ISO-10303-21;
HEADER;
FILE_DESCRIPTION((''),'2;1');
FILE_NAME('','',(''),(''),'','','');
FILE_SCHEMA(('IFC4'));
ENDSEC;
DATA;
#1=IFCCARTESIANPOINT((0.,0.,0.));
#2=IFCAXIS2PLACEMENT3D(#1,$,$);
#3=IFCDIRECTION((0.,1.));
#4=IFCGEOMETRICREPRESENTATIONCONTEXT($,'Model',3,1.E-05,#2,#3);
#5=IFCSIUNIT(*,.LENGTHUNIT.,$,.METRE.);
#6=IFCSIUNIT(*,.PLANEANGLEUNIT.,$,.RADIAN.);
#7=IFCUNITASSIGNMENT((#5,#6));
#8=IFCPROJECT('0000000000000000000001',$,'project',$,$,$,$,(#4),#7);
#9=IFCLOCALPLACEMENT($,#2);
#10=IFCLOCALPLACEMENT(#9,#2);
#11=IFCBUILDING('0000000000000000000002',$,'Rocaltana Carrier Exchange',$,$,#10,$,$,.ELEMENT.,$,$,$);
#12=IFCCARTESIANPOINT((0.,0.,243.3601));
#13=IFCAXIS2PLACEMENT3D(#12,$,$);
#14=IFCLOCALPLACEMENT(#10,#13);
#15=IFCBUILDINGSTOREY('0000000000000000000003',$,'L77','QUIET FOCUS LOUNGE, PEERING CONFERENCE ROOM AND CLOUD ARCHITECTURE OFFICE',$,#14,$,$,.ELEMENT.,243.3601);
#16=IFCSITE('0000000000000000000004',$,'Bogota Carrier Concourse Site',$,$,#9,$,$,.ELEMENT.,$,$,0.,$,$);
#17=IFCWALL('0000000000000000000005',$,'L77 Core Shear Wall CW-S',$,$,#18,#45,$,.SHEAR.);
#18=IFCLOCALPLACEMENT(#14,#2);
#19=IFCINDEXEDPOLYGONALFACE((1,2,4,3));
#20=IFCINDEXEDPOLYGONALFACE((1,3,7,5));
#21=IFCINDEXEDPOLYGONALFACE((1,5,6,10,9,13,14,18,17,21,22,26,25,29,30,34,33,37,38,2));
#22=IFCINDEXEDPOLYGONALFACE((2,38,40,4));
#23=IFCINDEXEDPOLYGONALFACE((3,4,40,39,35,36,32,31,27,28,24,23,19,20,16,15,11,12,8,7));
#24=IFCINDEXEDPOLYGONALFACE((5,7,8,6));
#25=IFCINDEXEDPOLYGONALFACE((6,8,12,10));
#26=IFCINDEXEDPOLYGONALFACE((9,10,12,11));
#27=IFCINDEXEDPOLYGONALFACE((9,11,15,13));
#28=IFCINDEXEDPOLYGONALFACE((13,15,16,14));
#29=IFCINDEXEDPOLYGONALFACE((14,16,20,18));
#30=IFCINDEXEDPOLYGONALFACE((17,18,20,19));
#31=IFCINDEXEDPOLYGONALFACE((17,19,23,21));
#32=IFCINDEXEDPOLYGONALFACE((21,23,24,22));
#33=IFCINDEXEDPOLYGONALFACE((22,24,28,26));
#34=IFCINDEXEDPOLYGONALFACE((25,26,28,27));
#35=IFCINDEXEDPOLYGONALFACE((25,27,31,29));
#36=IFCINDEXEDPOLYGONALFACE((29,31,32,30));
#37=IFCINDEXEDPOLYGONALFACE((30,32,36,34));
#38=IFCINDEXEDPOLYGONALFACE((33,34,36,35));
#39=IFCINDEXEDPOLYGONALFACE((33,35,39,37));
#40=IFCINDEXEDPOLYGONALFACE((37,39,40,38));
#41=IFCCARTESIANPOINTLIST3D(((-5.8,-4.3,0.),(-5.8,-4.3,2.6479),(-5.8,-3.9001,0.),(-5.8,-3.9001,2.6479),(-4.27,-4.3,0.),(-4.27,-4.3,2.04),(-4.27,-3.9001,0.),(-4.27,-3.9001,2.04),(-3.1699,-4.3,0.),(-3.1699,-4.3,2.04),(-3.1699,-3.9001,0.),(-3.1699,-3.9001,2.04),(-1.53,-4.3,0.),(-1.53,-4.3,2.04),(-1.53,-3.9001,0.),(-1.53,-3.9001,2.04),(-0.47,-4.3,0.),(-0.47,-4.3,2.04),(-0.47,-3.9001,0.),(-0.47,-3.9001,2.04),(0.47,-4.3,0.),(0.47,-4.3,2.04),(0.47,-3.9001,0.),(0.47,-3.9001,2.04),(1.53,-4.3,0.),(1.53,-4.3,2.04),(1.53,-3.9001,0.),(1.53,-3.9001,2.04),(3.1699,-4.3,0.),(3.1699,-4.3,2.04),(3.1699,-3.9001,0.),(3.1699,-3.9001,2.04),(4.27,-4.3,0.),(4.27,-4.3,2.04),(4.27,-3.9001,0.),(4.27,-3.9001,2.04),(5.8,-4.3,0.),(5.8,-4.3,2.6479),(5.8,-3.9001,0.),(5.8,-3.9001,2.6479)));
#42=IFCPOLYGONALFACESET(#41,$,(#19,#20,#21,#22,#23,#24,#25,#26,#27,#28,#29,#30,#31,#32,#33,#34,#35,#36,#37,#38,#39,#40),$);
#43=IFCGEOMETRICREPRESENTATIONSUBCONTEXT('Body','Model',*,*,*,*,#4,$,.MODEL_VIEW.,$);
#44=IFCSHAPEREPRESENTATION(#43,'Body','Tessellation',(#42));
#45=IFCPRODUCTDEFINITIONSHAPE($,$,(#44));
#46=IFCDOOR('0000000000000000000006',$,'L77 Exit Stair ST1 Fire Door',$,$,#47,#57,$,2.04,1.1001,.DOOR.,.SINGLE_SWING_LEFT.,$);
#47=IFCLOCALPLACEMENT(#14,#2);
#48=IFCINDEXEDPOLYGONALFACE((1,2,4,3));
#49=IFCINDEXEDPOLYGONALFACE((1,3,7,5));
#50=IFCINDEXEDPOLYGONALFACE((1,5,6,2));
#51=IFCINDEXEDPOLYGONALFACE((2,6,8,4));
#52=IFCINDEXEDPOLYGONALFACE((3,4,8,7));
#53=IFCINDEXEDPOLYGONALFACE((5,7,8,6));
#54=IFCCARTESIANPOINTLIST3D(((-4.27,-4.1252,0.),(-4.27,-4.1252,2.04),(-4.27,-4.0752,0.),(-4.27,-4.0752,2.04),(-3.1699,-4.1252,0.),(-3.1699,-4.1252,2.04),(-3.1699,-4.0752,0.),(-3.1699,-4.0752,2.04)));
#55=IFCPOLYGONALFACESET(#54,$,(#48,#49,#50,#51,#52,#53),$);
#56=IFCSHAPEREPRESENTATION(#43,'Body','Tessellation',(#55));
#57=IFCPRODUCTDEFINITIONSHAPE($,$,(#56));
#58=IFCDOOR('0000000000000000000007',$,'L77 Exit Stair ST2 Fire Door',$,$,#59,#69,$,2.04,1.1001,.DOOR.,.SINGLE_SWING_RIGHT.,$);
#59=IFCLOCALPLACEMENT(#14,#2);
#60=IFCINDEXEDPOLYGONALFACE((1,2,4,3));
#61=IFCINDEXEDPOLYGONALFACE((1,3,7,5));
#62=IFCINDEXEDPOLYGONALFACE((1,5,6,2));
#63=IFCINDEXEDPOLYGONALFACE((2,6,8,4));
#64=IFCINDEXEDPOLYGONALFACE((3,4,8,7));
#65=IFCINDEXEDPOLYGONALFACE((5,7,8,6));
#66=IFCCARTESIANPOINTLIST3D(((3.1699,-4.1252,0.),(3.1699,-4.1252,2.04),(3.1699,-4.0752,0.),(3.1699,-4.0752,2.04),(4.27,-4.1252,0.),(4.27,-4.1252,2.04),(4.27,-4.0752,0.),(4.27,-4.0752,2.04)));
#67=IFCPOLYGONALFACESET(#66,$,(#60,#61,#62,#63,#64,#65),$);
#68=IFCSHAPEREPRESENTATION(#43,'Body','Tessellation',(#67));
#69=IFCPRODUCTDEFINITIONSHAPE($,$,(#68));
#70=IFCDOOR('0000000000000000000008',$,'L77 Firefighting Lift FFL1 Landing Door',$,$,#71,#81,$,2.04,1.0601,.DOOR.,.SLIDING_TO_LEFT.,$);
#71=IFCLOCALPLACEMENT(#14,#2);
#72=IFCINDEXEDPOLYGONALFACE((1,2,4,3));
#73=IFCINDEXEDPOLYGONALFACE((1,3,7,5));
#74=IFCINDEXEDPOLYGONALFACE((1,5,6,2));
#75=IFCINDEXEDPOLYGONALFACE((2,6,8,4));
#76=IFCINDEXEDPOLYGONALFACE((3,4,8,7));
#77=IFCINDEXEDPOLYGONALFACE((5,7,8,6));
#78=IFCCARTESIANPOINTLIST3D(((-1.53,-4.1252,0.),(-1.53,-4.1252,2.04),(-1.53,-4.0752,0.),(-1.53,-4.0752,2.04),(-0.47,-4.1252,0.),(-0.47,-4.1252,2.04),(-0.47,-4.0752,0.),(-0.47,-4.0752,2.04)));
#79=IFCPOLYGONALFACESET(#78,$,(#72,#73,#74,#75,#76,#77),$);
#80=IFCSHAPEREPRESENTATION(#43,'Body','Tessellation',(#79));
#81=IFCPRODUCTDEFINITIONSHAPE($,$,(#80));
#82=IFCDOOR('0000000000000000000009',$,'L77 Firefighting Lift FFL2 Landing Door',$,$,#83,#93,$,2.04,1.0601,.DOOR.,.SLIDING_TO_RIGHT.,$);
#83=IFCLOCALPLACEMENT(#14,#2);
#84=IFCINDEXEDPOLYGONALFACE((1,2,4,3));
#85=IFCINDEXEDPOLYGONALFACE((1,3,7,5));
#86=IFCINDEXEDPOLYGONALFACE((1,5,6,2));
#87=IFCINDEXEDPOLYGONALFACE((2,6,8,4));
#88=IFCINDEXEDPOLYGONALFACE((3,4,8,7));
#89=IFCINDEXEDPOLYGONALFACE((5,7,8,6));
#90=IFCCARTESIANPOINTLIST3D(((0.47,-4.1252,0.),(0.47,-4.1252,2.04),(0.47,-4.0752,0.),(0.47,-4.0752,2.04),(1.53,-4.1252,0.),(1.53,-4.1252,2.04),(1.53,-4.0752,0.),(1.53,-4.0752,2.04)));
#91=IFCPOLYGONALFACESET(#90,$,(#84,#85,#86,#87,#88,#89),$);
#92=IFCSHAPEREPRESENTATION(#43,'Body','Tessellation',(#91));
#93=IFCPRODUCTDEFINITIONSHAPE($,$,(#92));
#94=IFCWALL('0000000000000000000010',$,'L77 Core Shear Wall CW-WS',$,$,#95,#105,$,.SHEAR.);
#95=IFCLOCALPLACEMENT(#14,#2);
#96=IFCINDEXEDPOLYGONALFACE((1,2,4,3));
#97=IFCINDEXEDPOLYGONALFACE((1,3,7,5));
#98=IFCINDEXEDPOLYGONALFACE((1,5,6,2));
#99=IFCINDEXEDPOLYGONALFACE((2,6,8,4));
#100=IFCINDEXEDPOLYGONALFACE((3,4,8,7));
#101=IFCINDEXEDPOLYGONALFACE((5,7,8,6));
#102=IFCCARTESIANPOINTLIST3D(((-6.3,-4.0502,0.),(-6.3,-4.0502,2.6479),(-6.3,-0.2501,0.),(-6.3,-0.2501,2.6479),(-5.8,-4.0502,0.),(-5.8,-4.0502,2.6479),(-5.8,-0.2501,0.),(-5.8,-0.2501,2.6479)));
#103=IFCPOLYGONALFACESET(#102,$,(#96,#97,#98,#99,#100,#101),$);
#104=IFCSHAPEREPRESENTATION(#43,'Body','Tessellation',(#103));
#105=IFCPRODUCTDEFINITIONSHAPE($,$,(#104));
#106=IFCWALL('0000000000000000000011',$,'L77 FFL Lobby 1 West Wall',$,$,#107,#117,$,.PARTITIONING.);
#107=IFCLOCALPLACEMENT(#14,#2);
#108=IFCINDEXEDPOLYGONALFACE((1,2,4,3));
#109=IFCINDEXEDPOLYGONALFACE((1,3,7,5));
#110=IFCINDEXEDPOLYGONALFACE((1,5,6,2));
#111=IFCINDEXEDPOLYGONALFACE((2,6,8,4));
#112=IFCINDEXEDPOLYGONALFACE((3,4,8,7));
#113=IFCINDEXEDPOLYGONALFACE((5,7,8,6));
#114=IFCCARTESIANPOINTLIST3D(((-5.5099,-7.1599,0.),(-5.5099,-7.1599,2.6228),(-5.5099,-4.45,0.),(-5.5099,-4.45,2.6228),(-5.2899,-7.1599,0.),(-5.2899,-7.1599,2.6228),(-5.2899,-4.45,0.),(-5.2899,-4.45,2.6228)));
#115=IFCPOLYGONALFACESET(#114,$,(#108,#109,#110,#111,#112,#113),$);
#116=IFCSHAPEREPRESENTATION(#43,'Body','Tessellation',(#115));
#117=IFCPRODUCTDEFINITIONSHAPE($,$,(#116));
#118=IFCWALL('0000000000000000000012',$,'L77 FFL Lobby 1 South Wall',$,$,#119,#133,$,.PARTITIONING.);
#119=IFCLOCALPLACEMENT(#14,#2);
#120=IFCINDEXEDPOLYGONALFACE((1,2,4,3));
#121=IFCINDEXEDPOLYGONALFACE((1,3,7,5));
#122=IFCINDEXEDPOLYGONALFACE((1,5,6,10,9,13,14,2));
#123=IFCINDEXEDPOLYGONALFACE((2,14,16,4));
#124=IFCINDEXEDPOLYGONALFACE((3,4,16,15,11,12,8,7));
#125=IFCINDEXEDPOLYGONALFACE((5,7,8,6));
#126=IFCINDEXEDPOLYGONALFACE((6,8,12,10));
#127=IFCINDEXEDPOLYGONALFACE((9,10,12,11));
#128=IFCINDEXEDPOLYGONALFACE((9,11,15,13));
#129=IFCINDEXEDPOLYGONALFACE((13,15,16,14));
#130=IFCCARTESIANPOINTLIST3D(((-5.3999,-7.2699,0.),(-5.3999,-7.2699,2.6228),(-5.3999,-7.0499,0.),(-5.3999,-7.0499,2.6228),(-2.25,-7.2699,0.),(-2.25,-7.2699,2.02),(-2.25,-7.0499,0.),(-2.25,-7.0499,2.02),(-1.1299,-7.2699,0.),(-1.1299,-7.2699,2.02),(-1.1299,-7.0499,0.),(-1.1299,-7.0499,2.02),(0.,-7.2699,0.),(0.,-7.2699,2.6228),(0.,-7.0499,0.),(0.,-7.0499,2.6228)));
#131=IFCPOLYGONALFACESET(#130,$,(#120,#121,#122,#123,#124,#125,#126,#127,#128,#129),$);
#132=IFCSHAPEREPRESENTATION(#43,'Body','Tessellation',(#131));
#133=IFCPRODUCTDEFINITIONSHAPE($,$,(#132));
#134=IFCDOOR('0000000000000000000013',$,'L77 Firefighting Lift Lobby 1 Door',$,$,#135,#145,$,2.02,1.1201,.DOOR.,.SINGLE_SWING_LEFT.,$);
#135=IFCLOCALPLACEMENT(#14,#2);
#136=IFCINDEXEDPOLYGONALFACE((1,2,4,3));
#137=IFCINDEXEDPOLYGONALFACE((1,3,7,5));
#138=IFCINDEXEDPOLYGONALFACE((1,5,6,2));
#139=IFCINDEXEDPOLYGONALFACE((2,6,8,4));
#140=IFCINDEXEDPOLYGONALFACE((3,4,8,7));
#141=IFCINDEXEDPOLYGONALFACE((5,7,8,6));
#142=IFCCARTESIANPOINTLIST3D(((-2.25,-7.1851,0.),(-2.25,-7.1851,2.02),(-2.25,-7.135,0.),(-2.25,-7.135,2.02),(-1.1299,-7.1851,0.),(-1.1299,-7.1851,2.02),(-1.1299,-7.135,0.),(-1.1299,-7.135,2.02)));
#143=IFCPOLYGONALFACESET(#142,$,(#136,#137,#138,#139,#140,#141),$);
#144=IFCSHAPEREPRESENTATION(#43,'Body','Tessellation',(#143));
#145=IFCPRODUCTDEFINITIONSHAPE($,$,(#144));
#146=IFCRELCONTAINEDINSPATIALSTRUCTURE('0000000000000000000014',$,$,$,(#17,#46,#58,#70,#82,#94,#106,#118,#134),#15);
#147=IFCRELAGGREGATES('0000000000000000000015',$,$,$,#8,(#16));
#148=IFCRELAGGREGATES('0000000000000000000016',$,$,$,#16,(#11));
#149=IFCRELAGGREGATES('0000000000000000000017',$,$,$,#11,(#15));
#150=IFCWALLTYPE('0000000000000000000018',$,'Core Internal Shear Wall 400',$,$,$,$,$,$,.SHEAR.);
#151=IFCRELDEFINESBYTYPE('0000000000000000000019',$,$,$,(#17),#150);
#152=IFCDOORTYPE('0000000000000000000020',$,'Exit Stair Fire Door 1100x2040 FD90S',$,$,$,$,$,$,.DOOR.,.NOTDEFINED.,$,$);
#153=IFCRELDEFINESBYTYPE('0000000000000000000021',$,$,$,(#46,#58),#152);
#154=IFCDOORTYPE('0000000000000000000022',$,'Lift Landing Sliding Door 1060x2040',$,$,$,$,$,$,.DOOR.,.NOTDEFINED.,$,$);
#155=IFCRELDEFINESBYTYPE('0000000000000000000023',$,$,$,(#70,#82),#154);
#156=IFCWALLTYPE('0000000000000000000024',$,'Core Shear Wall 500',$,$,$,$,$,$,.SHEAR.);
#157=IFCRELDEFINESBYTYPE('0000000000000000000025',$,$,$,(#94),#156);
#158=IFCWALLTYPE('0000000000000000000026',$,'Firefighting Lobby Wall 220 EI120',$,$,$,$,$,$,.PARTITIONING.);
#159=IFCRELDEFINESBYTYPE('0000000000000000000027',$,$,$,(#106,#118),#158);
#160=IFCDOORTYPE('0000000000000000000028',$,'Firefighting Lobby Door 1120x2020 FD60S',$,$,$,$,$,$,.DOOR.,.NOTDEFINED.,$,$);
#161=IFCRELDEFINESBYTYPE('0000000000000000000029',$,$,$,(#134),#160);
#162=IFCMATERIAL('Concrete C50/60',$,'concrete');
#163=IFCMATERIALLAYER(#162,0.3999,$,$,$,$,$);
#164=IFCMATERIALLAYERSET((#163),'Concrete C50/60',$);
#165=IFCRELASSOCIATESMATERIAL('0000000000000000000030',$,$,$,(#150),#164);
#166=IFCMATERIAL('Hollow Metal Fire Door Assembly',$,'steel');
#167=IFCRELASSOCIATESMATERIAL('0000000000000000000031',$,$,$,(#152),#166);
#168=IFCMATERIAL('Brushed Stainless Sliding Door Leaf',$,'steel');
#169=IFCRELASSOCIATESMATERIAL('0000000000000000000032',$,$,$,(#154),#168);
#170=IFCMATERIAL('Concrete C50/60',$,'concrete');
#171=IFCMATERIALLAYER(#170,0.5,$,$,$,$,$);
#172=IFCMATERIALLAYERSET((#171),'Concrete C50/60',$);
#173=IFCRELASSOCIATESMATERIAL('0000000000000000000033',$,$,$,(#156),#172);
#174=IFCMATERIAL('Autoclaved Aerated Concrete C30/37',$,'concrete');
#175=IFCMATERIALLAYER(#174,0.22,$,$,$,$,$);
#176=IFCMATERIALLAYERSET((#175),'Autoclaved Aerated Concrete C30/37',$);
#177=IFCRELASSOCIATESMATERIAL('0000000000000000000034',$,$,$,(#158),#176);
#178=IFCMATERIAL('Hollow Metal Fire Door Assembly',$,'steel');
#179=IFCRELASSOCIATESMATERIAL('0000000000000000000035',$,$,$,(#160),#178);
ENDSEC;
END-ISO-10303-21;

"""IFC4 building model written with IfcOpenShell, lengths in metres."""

from ifc_helpers import new_model, si_unit, direction, frame, frame_2d, origin, place, context, subcontext, project, spatial, rectangle, extrude, material, layer, layer_set, type_object, element, fill, save


model = new_model("IFC4")

# Units and contexts
model_context = context("Model", 3, precision=1e-05, world=origin(), true_north=direction((0.0, 1.0)))
body_context = subcontext(model_context, "Body", "Model", "MODEL_VIEW")
ifc_project = project(units=[si_unit("LENGTHUNIT", "METRE"), si_unit("PLANEANGLEUNIT", "RADIAN")], contexts=[model_context])

# Site, building, storey
site_placement = place(None, origin())
site = spatial("IfcSite", under=ifc_project, at=site_placement, Name="Bogota Carrier Concourse Site", CompositionType="ELEMENT", RefElevation=0.0)
building_placement = place(site_placement, origin())
building = spatial("IfcBuilding", under=site, at=building_placement, Name="Rocaltana Carrier Exchange", CompositionType="ELEMENT")
storey_placement = place(building_placement, frame((0.0, 0.0, 243.3601)))
storey = spatial("IfcBuildingStorey", under=building, at=storey_placement, Name="L77", Description="QUIET FOCUS LOUNGE, PEERING CONFERENCE ROOM AND CLOUD ARCHITECTURE OFFICE", CompositionType="ELEMENT", Elevation=243.3601)

# Wall, openings, doors
ifc_material_1 = material(Name="Concrete C50/60", Category="concrete")
ifc_layer_1 = layer(ifc_material_1, 0.3999)
ifc_layer_set_1 = layer_set([ifc_layer_1], Name="Concrete C50/60")
wall_type_1 = type_object("IfcWallType", Name="Core Internal Shear Wall 400", PredefinedType="SHEAR", material=ifc_layer_set_1)
wall_1_placement = place(storey_placement, frame((-5.8, -4.1001, 0.0), z_axis=(0.0, 0.0, 1.0), x_axis=(1.0, 0.0, 0.0)))
wall_1 = element("IfcWall", 1, at=wall_1_placement, inside=storey, type_object=wall_type_1, Name="L77 Core Shear Wall CW-S", PredefinedType="SHEAR", context=body_context, shape_type="SweptSolid", body=[
    extrude(rectangle(XDim=11.6001, YDim=0.3999, at=frame_2d((5.8, 0.0))), origin(), (0.0, 0.0, 1.0), 2.6479),
])
opening_1_placement = place(wall_1_placement, frame((1.53, 0.0, 0.0)))
opening_1 = element("IfcOpeningElement", 2, at=opening_1_placement, cuts=wall_1, PredefinedType="OPENING", context=body_context, shape_type="SweptSolid", body=[
    extrude(rectangle(XDim=1.1001, YDim=2.04, at=frame_2d((0.55, 1.02))), frame((0.0, 0.21, 0.0), z_axis=(0.0, -1.0, 0.0), x_axis=(1.0, 0.0, 0.0)), (0.0, 0.0, 1.0), 0.4199),
])
opening_2_placement = place(wall_1_placement, frame((8.97, 0.0, 0.0)))
opening_2 = element("IfcOpeningElement", 3, at=opening_2_placement, cuts=wall_1, PredefinedType="OPENING", context=body_context, shape_type="SweptSolid", body=[
    extrude(rectangle(XDim=1.1001, YDim=2.04, at=frame_2d((0.55, 1.02))), frame((0.0, 0.21, 0.0), z_axis=(0.0, -1.0, 0.0), x_axis=(1.0, 0.0, 0.0)), (0.0, 0.0, 1.0), 0.4199),
])
opening_3_placement = place(wall_1_placement, frame((4.27, 0.0, 0.0)))
opening_3 = element("IfcOpeningElement", 4, at=opening_3_placement, cuts=wall_1, PredefinedType="OPENING", context=body_context, shape_type="SweptSolid", body=[
    extrude(rectangle(XDim=1.0601, YDim=2.04, at=frame_2d((0.53, 1.02))), frame((0.0, 0.21, 0.0), z_axis=(0.0, -1.0, 0.0), x_axis=(1.0, 0.0, 0.0)), (0.0, 0.0, 1.0), 0.4199),
])
opening_4_placement = place(wall_1_placement, frame((6.27, 0.0, 0.0)))
opening_4 = element("IfcOpeningElement", 5, at=opening_4_placement, cuts=wall_1, PredefinedType="OPENING", context=body_context, shape_type="SweptSolid", body=[
    extrude(rectangle(XDim=1.0601, YDim=2.04, at=frame_2d((0.53, 1.02))), frame((0.0, 0.21, 0.0), z_axis=(0.0, -1.0, 0.0), x_axis=(1.0, 0.0, 0.0)), (0.0, 0.0, 1.0), 0.4199),
])
ifc_material_2 = material(Name="Hollow Metal Fire Door Assembly", Category="steel")
door_type_1 = type_object("IfcDoorType", Name="Exit Stair Fire Door 1100x2040 FD90S", OperationType="NOTDEFINED", PredefinedType="DOOR", material=ifc_material_2)
door_1_placement = place(opening_1_placement, origin())
door_1 = element("IfcDoor", 6, at=door_1_placement, inside=storey, type_object=door_type_1, Name="L77 Exit Stair ST1 Fire Door", OperationType="SINGLE_SWING_LEFT", OverallHeight=2.04, OverallWidth=1.1001, PredefinedType="DOOR", context=body_context, shape_type="SweptSolid", body=[
    extrude(rectangle(XDim=1.1001, YDim=2.04, at=frame_2d((0.55, 1.02))), frame((0.0, 0.0249, 0.0), z_axis=(0.0, -1.0, 0.0), x_axis=(1.0, 0.0, 0.0)), (0.0, 0.0, 1.0), 0.05),
])
fill(opening_1, door_1)
door_2_placement = place(opening_2_placement, origin())
door_2 = element("IfcDoor", 7, at=door_2_placement, inside=storey, type_object=door_type_1, Name="L77 Exit Stair ST2 Fire Door", OperationType="SINGLE_SWING_RIGHT", OverallHeight=2.04, OverallWidth=1.1001, PredefinedType="DOOR", context=body_context, shape_type="SweptSolid", body=[
    extrude(rectangle(XDim=1.1001, YDim=2.04, at=frame_2d((0.55, 1.02))), frame((0.0, 0.0249, 0.0), z_axis=(0.0, -1.0, 0.0), x_axis=(1.0, 0.0, 0.0)), (0.0, 0.0, 1.0), 0.05),
])
fill(opening_2, door_2)
ifc_material_3 = material(Name="Brushed Stainless Sliding Door Leaf", Category="steel")
door_type_2 = type_object("IfcDoorType", Name="Lift Landing Sliding Door 1060x2040", OperationType="NOTDEFINED", PredefinedType="DOOR", material=ifc_material_3)
door_3_placement = place(opening_3_placement, origin())
door_3 = element("IfcDoor", 8, at=door_3_placement, inside=storey, type_object=door_type_2, Name="L77 Firefighting Lift FFL1 Landing Door", OperationType="SLIDING_TO_LEFT", OverallHeight=2.04, OverallWidth=1.0601, PredefinedType="DOOR", context=body_context, shape_type="SweptSolid", body=[
    extrude(rectangle(XDim=1.0601, YDim=2.04, at=frame_2d((0.53, 1.02))), frame((0.0, 0.0249, 0.0), z_axis=(0.0, -1.0, 0.0), x_axis=(1.0, 0.0, 0.0)), (0.0, 0.0, 1.0), 0.05),
])
fill(opening_3, door_3)
door_4_placement = place(opening_4_placement, origin())
door_4 = element("IfcDoor", 9, at=door_4_placement, inside=storey, type_object=door_type_2, Name="L77 Firefighting Lift FFL2 Landing Door", OperationType="SLIDING_TO_RIGHT", OverallHeight=2.04, OverallWidth=1.0601, PredefinedType="DOOR", context=body_context, shape_type="SweptSolid", body=[
    extrude(rectangle(XDim=1.0601, YDim=2.04, at=frame_2d((0.53, 1.02))), frame((0.0, 0.0249, 0.0), z_axis=(0.0, -1.0, 0.0), x_axis=(1.0, 0.0, 0.0)), (0.0, 0.0, 1.0), 0.05),
])
fill(opening_4, door_4)

# Walls
ifc_material_4 = material(Name="Concrete C50/60", Category="concrete")
ifc_layer_2 = layer(ifc_material_4, 0.5)
ifc_layer_set_2 = layer_set([ifc_layer_2], Name="Concrete C50/60")
wall_type_2 = type_object("IfcWallType", Name="Core Shear Wall 500", PredefinedType="SHEAR", material=ifc_layer_set_2)
wall_2_placement = place(storey_placement, frame((-6.05, -4.05, 0.0), z_axis=(0.0, 0.0, 1.0), x_axis=(0.0, 1.0, 0.0)))
element("IfcWall", 10, at=wall_2_placement, inside=storey, type_object=wall_type_2, Name="L77 Core Shear Wall CW-WS", PredefinedType="SHEAR", context=body_context, shape_type="SweptSolid", body=[
    extrude(rectangle(XDim=3.8, YDim=0.5, at=frame_2d((1.8999, 0.0))), origin(), (0.0, 0.0, 1.0), 2.6479),
])
ifc_material_5 = material(Name="Autoclaved Aerated Concrete C30/37", Category="concrete")
ifc_layer_3 = layer(ifc_material_5, 0.22)
ifc_layer_set_3 = layer_set([ifc_layer_3], Name="Autoclaved Aerated Concrete C30/37")
wall_type_3 = type_object("IfcWallType", Name="Firefighting Lobby Wall 220 EI120", PredefinedType="PARTITIONING", material=ifc_layer_set_3)
wall_3_placement = place(storey_placement, frame((-5.3999, -7.1599, 0.0), z_axis=(0.0, 0.0, 1.0), x_axis=(0.0, 1.0, 0.0)))
element("IfcWall", 11, at=wall_3_placement, inside=storey, type_object=wall_type_3, Name="L77 FFL Lobby 1 West Wall", PredefinedType="PARTITIONING", context=body_context, shape_type="SweptSolid", body=[
    extrude(rectangle(XDim=2.71, YDim=0.22, at=frame_2d((1.355, 0.0))), origin(), (0.0, 0.0, 1.0), 2.6228),
])

# Wall, opening, door
wall_4_placement = place(storey_placement, frame((-5.3999, -7.1599, 0.0), z_axis=(0.0, 0.0, 1.0), x_axis=(1.0, 0.0, 0.0)))
wall_4 = element("IfcWall", 12, at=wall_4_placement, inside=storey, type_object=wall_type_3, Name="L77 FFL Lobby 1 South Wall", PredefinedType="PARTITIONING", context=body_context, shape_type="SweptSolid", body=[
    extrude(rectangle(XDim=5.3999, YDim=0.22, at=frame_2d((2.7, 0.0))), origin(), (0.0, 0.0, 1.0), 2.6228),
])
opening_5_placement = place(wall_4_placement, frame((3.1499, 0.0, 0.0)))
opening_5 = element("IfcOpeningElement", 13, at=opening_5_placement, cuts=wall_4, PredefinedType="OPENING", context=body_context, shape_type="SweptSolid", body=[
    extrude(rectangle(XDim=1.1201, YDim=2.02, at=frame_2d((0.5601, 1.01))), frame((0.0, 0.1199, 0.0), z_axis=(0.0, -1.0, 0.0), x_axis=(1.0, 0.0, 0.0)), (0.0, 0.0, 1.0), 0.24),
])
ifc_material_6 = material(Name="Hollow Metal Fire Door Assembly", Category="steel")
door_type_3 = type_object("IfcDoorType", Name="Firefighting Lobby Door 1120x2020 FD60S", OperationType="NOTDEFINED", PredefinedType="DOOR", material=ifc_material_6)
door_5_placement = place(opening_5_placement, origin())
door_5 = element("IfcDoor", 14, at=door_5_placement, inside=storey, type_object=door_type_3, Name="L77 Firefighting Lift Lobby 1 Door", OperationType="SINGLE_SWING_LEFT", OverallHeight=2.02, OverallWidth=1.1201, PredefinedType="DOOR", context=body_context, shape_type="SweptSolid", body=[
    extrude(rectangle(XDim=1.1201, YDim=2.02, at=frame_2d((0.5601, 1.01))), frame((0.0, 0.0249, 0.0), z_axis=(0.0, -1.0, 0.0), x_axis=(1.0, 0.0, 0.0)), (0.0, 0.0, 1.0), 0.05),
])
fill(opening_5, door_5)

save(model, "model.ifc")
